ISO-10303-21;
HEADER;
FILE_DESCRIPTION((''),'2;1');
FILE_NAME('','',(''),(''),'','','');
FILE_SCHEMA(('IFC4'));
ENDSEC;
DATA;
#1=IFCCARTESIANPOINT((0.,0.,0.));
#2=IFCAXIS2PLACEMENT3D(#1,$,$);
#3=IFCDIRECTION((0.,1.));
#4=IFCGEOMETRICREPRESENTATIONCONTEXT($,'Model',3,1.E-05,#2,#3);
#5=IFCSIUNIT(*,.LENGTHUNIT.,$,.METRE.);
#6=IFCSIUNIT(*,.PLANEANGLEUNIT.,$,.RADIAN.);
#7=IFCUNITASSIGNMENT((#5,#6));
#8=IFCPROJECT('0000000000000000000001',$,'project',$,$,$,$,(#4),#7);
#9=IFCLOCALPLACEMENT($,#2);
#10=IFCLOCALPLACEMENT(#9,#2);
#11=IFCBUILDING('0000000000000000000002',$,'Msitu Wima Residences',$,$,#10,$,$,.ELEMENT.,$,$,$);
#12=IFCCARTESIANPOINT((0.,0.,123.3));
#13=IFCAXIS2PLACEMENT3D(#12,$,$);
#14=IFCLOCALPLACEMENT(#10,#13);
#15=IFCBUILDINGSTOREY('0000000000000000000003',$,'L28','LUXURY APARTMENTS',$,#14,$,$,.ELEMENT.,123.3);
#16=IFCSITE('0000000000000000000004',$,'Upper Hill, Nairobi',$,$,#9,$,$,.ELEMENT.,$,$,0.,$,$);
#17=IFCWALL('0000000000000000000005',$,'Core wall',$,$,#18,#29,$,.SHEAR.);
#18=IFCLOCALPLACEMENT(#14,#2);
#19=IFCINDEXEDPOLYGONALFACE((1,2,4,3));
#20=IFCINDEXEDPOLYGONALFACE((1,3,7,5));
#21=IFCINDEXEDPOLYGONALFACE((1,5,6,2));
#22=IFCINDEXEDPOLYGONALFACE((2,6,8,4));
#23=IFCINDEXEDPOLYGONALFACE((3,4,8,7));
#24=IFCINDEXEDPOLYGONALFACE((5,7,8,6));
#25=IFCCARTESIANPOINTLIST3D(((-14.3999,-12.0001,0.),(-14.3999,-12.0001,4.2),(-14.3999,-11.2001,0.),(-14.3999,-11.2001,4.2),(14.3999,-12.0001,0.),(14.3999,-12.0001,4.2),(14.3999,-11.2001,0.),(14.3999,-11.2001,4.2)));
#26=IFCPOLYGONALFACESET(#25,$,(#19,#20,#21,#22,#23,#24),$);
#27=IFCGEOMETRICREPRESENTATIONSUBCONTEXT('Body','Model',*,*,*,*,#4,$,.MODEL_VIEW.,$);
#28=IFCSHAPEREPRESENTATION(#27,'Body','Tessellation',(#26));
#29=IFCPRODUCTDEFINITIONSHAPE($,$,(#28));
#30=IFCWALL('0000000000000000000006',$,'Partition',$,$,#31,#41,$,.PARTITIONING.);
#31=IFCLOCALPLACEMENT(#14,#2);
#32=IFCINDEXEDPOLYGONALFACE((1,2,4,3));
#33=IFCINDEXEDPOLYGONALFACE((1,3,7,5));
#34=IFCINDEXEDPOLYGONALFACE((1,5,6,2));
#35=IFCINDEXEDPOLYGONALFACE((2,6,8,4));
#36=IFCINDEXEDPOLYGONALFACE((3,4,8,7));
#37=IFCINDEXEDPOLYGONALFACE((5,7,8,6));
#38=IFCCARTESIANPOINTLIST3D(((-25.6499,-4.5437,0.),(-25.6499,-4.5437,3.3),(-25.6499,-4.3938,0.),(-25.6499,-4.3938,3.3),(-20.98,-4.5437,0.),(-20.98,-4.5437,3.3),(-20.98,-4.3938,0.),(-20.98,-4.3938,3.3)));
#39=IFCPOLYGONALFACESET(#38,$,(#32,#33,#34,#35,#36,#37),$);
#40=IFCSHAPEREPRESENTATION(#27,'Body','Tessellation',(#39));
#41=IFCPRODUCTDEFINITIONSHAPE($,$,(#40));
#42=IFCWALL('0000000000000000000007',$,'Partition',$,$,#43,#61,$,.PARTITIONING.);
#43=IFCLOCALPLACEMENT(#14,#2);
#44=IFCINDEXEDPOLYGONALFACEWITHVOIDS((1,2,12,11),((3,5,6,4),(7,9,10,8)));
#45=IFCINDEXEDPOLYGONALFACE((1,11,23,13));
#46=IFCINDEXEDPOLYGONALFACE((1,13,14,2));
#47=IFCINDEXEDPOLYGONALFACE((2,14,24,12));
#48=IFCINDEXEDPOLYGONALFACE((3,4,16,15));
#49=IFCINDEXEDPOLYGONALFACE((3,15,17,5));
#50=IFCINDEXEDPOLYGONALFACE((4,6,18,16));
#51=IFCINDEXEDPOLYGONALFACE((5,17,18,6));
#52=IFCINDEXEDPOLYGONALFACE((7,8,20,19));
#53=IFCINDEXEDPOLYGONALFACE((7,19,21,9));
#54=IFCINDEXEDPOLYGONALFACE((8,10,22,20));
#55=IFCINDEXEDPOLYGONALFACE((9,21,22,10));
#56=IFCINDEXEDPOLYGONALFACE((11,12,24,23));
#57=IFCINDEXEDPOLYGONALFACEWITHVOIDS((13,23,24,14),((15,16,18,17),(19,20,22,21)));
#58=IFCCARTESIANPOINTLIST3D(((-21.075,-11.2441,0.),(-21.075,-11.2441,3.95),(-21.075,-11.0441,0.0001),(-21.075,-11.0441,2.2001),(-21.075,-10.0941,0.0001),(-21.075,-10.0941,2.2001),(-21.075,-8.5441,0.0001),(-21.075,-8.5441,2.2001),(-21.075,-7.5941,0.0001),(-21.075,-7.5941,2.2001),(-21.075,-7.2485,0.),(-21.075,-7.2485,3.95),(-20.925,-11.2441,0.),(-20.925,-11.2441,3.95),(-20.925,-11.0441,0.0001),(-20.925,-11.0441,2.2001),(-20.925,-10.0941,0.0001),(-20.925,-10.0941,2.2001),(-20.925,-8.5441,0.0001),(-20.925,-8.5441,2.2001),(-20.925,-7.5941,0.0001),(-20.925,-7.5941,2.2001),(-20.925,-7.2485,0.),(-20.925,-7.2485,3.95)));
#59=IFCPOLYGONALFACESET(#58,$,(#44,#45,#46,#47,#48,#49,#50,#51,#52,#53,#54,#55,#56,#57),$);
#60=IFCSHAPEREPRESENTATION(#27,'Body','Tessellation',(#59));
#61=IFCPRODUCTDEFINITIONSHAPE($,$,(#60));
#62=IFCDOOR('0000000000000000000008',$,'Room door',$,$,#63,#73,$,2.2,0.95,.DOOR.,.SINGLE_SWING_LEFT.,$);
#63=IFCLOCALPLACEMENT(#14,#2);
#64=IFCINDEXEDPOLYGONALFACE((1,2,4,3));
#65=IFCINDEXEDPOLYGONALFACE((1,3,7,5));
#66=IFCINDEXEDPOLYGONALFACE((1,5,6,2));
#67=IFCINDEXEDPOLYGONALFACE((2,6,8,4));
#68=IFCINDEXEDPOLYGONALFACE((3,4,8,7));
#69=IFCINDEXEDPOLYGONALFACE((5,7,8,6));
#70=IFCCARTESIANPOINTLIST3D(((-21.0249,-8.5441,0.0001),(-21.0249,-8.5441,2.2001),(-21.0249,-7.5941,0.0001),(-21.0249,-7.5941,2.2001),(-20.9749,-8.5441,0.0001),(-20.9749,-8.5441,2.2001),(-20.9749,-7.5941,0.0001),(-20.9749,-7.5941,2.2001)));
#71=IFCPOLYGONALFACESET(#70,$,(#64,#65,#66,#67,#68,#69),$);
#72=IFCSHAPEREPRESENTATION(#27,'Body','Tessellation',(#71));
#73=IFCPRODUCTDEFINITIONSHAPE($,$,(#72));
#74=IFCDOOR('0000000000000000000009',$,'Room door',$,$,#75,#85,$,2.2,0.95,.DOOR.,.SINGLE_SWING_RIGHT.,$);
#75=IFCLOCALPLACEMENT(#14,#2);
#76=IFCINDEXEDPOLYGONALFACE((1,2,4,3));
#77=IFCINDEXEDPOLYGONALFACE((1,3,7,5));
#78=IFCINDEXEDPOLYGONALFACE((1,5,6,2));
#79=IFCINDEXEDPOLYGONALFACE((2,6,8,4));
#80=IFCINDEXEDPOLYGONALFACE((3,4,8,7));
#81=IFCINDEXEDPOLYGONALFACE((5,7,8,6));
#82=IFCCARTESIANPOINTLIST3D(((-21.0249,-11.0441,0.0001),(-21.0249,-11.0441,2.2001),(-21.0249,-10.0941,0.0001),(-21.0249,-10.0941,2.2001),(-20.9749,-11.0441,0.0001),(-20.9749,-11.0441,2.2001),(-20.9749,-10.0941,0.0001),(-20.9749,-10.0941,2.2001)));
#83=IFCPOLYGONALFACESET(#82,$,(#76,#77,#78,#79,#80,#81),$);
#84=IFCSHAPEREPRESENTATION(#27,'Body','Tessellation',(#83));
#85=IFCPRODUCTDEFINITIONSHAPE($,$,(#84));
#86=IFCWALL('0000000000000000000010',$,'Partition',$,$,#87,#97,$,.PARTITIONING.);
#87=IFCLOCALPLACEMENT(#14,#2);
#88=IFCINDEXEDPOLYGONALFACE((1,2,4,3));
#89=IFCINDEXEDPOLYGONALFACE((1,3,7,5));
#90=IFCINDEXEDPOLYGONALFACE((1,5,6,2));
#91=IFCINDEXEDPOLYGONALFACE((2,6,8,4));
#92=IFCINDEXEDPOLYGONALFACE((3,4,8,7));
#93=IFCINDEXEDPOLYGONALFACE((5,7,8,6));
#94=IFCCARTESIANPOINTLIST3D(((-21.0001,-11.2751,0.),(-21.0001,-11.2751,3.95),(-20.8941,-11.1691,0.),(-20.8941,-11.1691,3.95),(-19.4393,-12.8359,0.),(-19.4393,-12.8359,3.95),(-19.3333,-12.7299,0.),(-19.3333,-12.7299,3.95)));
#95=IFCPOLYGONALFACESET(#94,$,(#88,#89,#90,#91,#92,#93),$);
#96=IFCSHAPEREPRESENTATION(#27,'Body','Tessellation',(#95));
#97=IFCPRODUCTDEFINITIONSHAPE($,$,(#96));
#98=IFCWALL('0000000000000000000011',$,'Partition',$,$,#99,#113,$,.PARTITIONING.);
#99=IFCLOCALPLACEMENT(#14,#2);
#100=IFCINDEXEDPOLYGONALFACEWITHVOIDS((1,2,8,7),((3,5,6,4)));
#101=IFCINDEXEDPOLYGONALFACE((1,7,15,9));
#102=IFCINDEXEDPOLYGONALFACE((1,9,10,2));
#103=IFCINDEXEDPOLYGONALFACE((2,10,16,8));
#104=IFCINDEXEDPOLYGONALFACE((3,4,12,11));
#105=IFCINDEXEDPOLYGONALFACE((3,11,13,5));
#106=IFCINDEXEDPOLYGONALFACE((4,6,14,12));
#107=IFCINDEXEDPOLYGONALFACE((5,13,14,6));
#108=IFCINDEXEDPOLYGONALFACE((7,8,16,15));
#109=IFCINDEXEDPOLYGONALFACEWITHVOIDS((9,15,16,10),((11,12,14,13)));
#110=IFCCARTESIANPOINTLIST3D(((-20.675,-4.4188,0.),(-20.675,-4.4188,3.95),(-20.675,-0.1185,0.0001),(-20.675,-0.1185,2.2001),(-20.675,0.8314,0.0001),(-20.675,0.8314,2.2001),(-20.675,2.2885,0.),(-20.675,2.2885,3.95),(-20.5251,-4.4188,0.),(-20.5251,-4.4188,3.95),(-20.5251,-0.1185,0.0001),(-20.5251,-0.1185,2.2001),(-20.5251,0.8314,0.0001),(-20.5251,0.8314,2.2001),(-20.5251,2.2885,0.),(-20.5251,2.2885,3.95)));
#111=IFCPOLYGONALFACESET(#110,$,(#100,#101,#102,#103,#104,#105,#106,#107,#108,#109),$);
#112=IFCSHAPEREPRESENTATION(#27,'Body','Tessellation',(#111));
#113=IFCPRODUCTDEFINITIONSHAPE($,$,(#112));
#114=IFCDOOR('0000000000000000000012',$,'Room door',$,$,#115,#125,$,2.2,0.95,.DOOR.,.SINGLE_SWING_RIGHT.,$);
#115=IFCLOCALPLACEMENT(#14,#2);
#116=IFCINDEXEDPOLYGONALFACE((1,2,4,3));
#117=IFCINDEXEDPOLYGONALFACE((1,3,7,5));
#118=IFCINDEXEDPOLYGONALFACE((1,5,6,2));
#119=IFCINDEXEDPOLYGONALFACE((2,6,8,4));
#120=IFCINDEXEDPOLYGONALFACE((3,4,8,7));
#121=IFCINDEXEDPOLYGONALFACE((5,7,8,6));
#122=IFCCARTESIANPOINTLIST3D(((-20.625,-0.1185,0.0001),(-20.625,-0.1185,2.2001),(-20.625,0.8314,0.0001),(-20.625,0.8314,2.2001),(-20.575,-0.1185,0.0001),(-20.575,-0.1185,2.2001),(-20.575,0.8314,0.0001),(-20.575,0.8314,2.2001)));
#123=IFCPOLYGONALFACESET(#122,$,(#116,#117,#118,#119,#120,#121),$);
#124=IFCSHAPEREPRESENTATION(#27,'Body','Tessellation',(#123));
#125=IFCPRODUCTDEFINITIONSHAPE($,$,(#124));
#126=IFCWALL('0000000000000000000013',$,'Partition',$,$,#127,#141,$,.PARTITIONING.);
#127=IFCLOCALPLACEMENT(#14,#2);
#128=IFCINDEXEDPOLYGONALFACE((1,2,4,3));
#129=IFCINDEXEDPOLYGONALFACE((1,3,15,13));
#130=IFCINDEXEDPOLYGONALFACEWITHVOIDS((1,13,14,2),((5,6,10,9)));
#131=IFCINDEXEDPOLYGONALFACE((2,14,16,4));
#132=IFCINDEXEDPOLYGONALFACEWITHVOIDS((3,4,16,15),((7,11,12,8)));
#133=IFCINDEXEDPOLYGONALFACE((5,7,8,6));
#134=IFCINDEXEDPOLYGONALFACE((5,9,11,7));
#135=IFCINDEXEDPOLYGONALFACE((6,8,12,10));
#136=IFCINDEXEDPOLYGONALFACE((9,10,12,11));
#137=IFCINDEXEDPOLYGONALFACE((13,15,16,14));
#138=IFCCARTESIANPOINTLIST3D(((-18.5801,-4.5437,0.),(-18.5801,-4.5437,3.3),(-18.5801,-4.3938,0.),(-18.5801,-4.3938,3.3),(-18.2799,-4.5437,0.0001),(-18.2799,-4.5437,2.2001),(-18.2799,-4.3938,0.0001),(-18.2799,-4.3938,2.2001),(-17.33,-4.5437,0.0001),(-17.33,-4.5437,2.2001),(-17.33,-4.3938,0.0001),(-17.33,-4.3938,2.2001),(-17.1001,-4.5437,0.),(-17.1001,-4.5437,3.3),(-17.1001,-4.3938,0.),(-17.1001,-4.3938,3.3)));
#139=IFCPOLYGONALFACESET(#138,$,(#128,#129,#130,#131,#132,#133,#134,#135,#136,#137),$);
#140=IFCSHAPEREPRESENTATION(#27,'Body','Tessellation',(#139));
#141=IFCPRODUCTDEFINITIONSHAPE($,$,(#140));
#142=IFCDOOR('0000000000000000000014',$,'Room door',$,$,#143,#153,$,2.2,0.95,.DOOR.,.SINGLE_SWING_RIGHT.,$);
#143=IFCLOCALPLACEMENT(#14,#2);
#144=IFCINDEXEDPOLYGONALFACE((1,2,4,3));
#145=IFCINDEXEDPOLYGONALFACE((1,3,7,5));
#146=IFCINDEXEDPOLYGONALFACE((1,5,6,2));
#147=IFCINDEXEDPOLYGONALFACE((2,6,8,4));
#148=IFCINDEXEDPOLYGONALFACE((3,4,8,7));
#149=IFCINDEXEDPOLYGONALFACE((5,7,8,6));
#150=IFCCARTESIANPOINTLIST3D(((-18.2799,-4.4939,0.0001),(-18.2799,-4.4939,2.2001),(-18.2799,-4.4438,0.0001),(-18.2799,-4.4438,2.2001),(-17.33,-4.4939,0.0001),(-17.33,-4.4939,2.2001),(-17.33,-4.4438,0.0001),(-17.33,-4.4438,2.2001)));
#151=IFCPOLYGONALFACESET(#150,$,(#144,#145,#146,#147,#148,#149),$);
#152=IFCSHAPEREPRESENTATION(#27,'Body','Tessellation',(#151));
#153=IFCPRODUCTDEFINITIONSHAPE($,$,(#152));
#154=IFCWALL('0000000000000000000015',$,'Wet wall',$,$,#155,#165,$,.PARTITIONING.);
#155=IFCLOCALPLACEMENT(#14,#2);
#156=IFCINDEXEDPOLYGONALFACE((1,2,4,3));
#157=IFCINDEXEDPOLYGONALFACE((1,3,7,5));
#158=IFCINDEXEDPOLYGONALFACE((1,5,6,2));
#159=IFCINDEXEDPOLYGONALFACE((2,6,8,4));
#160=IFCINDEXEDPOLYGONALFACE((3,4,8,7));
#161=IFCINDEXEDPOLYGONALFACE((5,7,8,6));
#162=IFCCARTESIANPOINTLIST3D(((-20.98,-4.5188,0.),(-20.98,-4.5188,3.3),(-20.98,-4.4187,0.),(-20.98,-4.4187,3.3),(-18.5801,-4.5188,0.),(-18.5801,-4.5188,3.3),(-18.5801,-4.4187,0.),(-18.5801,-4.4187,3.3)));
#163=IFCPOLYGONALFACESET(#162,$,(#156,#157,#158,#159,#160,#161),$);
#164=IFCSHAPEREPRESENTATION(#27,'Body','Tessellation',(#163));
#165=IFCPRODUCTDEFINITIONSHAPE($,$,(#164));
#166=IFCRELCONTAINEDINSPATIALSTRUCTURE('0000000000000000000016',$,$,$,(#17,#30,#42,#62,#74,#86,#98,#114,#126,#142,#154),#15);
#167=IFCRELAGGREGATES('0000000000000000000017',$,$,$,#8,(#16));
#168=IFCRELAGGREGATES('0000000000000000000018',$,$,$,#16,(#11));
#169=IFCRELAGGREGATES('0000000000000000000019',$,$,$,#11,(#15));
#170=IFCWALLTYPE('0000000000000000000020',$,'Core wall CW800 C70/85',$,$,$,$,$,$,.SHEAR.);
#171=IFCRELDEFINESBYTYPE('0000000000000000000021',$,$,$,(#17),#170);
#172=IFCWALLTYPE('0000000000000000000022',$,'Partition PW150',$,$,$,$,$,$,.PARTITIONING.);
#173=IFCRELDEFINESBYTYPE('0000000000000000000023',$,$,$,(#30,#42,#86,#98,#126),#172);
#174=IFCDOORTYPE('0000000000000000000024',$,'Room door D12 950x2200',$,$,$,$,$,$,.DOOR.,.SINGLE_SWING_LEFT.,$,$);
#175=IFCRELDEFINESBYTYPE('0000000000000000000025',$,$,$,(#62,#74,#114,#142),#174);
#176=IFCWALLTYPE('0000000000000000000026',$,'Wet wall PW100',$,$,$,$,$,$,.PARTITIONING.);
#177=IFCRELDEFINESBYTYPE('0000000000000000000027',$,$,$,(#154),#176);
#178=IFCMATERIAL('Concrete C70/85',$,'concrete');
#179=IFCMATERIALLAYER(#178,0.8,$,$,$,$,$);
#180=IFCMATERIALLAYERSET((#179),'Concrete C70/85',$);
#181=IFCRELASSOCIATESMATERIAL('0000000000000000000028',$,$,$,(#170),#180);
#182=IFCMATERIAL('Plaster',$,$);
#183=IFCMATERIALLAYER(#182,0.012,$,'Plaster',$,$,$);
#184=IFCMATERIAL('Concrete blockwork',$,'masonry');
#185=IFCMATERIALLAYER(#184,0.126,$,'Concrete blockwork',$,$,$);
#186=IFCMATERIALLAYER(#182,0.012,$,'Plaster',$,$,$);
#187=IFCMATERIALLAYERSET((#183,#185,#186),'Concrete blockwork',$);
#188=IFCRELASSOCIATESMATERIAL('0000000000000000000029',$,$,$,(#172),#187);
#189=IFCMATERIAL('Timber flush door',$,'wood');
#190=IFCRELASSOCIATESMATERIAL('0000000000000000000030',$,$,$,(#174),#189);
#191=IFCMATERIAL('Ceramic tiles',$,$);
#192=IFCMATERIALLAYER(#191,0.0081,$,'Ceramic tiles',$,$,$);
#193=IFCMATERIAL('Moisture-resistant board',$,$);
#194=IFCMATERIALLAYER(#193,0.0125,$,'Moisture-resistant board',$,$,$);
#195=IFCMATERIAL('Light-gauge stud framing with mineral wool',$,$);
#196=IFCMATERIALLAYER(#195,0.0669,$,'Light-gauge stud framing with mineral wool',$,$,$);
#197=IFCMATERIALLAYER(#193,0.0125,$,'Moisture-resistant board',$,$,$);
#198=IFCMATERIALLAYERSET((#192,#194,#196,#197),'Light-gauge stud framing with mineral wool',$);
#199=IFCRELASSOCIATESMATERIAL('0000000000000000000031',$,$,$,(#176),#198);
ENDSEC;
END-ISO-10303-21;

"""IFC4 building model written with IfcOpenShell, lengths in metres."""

from ifc_helpers import new_model, si_unit, direction, frame, frame_2d, origin, place, context, subcontext, project, spatial, rectangle, extrude, material, layer, layer_set, type_object, element, fill, save


model = new_model("IFC4")

# Units and contexts
model_context = context("Model", 3, precision=1e-05, world=origin(), true_north=direction((0.0, 1.0)))
body_context = subcontext(model_context, "Body", "Model", "MODEL_VIEW")
ifc_project = project(units=[si_unit("LENGTHUNIT", "METRE"), si_unit("PLANEANGLEUNIT", "RADIAN")], contexts=[model_context])

# Site, building, storey
site_placement = place(None, origin())
site = spatial("IfcSite", under=ifc_project, at=site_placement, Name="Upper Hill, Nairobi", CompositionType="ELEMENT", RefElevation=0.0)
building_placement = place(site_placement, origin())
building = spatial("IfcBuilding", under=site, at=building_placement, Name="Msitu Wima Residences", CompositionType="ELEMENT")
storey_placement = place(building_placement, frame((0.0, 0.0, 123.3)))
storey = spatial("IfcBuildingStorey", under=building, at=storey_placement, Name="L28", Description="LUXURY APARTMENTS", CompositionType="ELEMENT", Elevation=123.3)

# Wall
ifc_material_1 = material(Name="Concrete C70/85", Category="concrete")
ifc_layer_1 = layer(ifc_material_1, 0.8)
ifc_layer_set_1 = layer_set([ifc_layer_1], Name="Concrete C70/85")
wall_type_1 = type_object("IfcWallType", Name="Core wall CW800 C70/85", PredefinedType="SHEAR", material=ifc_layer_set_1)
wall_1_placement = place(storey_placement, frame((-14.3999, -11.6001, 0.0), z_axis=(0.0, 0.0, 1.0), x_axis=(1.0, 0.0, 0.0)))
element("IfcWall", 1, at=wall_1_placement, inside=storey, type_object=wall_type_1, Name="Core wall", PredefinedType="SHEAR", context=body_context, shape_type="SweptSolid", body=[
    extrude(rectangle(XDim=28.7998, YDim=0.8, at=frame_2d((14.3999, 0.0))), origin(), (0.0, 0.0, 1.0), 4.2),
])

# Wall
ifc_material_2 = material(Name="Plaster")
ifc_layer_2 = layer(ifc_material_2, 0.012, Name="Plaster")
ifc_material_3 = material(Name="Concrete blockwork", Category="masonry")
ifc_layer_3 = layer(ifc_material_3, 0.126, Name="Concrete blockwork")
ifc_layer_4 = layer(ifc_material_2, 0.012, Name="Plaster")
ifc_layer_set_2 = layer_set([ifc_layer_2, ifc_layer_3, ifc_layer_4], Name="Concrete blockwork")
wall_type_2 = type_object("IfcWallType", Name="Partition PW150", PredefinedType="PARTITIONING", material=ifc_layer_set_2)
wall_2_placement = place(storey_placement, frame((-25.6499, -4.4688, 0.0), z_axis=(0.0, 0.0, 1.0), x_axis=(1.0, 0.0, 0.0)))
element("IfcWall", 2, at=wall_2_placement, inside=storey, type_object=wall_type_2, Name="Partition", PredefinedType="PARTITIONING", context=body_context, shape_type="SweptSolid", body=[
    extrude(rectangle(XDim=4.6699, YDim=0.1499, at=frame_2d((2.335, 0.0))), origin(), (0.0, 0.0, 1.0), 3.3),
])

# Wall, openings, doors
wall_3_placement = place(storey_placement, frame((-21.0, -11.2441, 0.0), z_axis=(0.0, 0.0, 1.0), x_axis=(0.0, 1.0, 0.0)))
wall_3 = element("IfcWall", 3, at=wall_3_placement, inside=storey, type_object=wall_type_2, Name="Partition", PredefinedType="PARTITIONING", context=body_context, shape_type="SweptSolid", body=[
    extrude(rectangle(XDim=3.9956, YDim=0.1499, at=frame_2d((1.9978, 0.0))), origin(), (0.0, 0.0, 1.0), 3.95),
])
opening_1_placement = place(wall_3_placement, frame((2.7, 0.0, 0.0)))
opening_1 = element("IfcOpeningElement", 4, at=opening_1_placement, cuts=wall_3, PredefinedType="OPENING", context=body_context, shape_type="SweptSolid", body=[
    extrude(rectangle(XDim=0.95, YDim=2.2, at=frame_2d((0.4751, 1.1001))), frame((0.0, 0.085, 0.0), z_axis=(0.0, -1.0, 0.0), x_axis=(1.0, 0.0, 0.0)), (0.0, 0.0, 1.0), 0.1699),
])
opening_2_placement = place(wall_3_placement, frame((0.2, 0.0, 0.0)))
opening_2 = element("IfcOpeningElement", 5, at=opening_2_placement, cuts=wall_3, PredefinedType="OPENING", context=body_context, shape_type="SweptSolid", body=[
    extrude(rectangle(XDim=0.95, YDim=2.2, at=frame_2d((0.4751, 1.1001))), frame((0.0, 0.085, 0.0), z_axis=(0.0, -1.0, 0.0), x_axis=(1.0, 0.0, 0.0)), (0.0, 0.0, 1.0), 0.1699),
])
ifc_material_4 = material(Name="Timber flush door", Category="wood")
door_type_1 = type_object("IfcDoorType", Name="Room door D12 950x2200", OperationType="SINGLE_SWING_LEFT", PredefinedType="DOOR", material=ifc_material_4)
door_1_placement = place(opening_1_placement, origin())
door_1 = element("IfcDoor", 6, at=door_1_placement, inside=storey, type_object=door_type_1, Name="Room door", OperationType="SINGLE_SWING_LEFT", OverallHeight=2.2, OverallWidth=0.95, PredefinedType="DOOR", context=body_context, shape_type="SweptSolid", body=[
    extrude(rectangle(XDim=0.95, YDim=2.2, at=frame_2d((0.4751, 1.1001))), frame((0.0, 0.0249, 0.0), z_axis=(0.0, -1.0, 0.0), x_axis=(1.0, 0.0, 0.0)), (0.0, 0.0, 1.0), 0.05),
])
fill(opening_1, door_1)
door_2_placement = place(opening_2_placement, origin())
door_2 = element("IfcDoor", 7, at=door_2_placement, inside=storey, type_object=door_type_1, Name="Room door", OperationType="SINGLE_SWING_RIGHT", OverallHeight=2.2, OverallWidth=0.95, PredefinedType="DOOR", context=body_context, shape_type="SweptSolid", body=[
    extrude(rectangle(XDim=0.95, YDim=2.2, at=frame_2d((0.4751, 1.1001))), frame((0.0, 0.0249, 0.0), z_axis=(0.0, -1.0, 0.0), x_axis=(1.0, 0.0, 0.0)), (0.0, 0.0, 1.0), 0.05),
])
fill(opening_2, door_2)

# Wall
wall_4_placement = place(storey_placement, frame((-20.947, -11.2222, 0.0), z_axis=(0.0, 0.0, 1.0), x_axis=(0.707107, -0.707107, 0.0)))
element("IfcWall", 8, at=wall_4_placement, inside=storey, type_object=wall_type_2, Name="Partition", PredefinedType="PARTITIONING", context=body_context, shape_type="SweptSolid", body=[
    extrude(rectangle(XDim=2.2073, YDim=0.1499, at=frame_2d((1.1035, 0.0))), origin(), (0.0, 0.0, 1.0), 3.95),
])

# Walls, openings, doors
wall_5_placement = place(storey_placement, frame((-20.6001, -4.4187, 0.0), z_axis=(0.0, 0.0, 1.0), x_axis=(0.0, 1.0, 0.0)))
wall_5 = element("IfcWall", 9, at=wall_5_placement, inside=storey, type_object=wall_type_2, Name="Partition", PredefinedType="PARTITIONING", context=body_context, shape_type="SweptSolid", body=[
    extrude(rectangle(XDim=6.7073, YDim=0.1499, at=frame_2d((3.3535, 0.0))), origin(), (0.0, 0.0, 1.0), 3.95),
])
opening_3_placement = place(wall_5_placement, frame((4.3, 0.0, 0.0)))
opening_3 = element("IfcOpeningElement", 10, at=opening_3_placement, cuts=wall_5, PredefinedType="OPENING", context=body_context, shape_type="SweptSolid", body=[
    extrude(rectangle(XDim=0.95, YDim=2.2, at=frame_2d((0.4751, 1.1001))), frame((0.0, 0.085, 0.0), z_axis=(0.0, -1.0, 0.0), x_axis=(1.0, 0.0, 0.0)), (0.0, 0.0, 1.0), 0.1699),
])
door_3_placement = place(opening_3_placement, origin())
door_3 = element("IfcDoor", 11, at=door_3_placement, inside=storey, type_object=door_type_1, Name="Room door", OperationType="SINGLE_SWING_RIGHT", OverallHeight=2.2, OverallWidth=0.95, PredefinedType="DOOR", context=body_context, shape_type="SweptSolid", body=[
    extrude(rectangle(XDim=0.95, YDim=2.2, at=frame_2d((0.4751, 1.1001))), frame((0.0, 0.0249, 0.0), z_axis=(0.0, -1.0, 0.0), x_axis=(1.0, 0.0, 0.0)), (0.0, 0.0, 1.0), 0.05),
])
fill(opening_3, door_3)
wall_6_placement = place(storey_placement, frame((-18.5801, -4.4688, 0.0), z_axis=(0.0, 0.0, 1.0), x_axis=(1.0, 0.0, 0.0)))
wall_6 = element("IfcWall", 12, at=wall_6_placement, inside=storey, type_object=wall_type_2, Name="Partition", PredefinedType="PARTITIONING", context=body_context, shape_type="SweptSolid", body=[
    extrude(rectangle(XDim=1.48, YDim=0.1499, at=frame_2d((0.74, 0.0))), origin(), (0.0, 0.0, 1.0), 3.3),
])
opening_4_placement = place(wall_6_placement, frame((0.3, 0.0, 0.0)))
opening_4 = element("IfcOpeningElement", 13, at=opening_4_placement, cuts=wall_6, PredefinedType="OPENING", context=body_context, shape_type="SweptSolid", body=[
    extrude(rectangle(XDim=0.95, YDim=2.2, at=frame_2d((0.4751, 1.1001))), frame((0.0, 0.085, 0.0), z_axis=(0.0, -1.0, 0.0), x_axis=(1.0, 0.0, 0.0)), (0.0, 0.0, 1.0), 0.1699),
])
door_4_placement = place(opening_4_placement, origin())
door_4 = element("IfcDoor", 14, at=door_4_placement, inside=storey, type_object=door_type_1, Name="Room door", OperationType="SINGLE_SWING_RIGHT", OverallHeight=2.2, OverallWidth=0.95, PredefinedType="DOOR", context=body_context, shape_type="SweptSolid", body=[
    extrude(rectangle(XDim=0.95, YDim=2.2, at=frame_2d((0.4751, 1.1001))), frame((0.0, 0.0249, 0.0), z_axis=(0.0, -1.0, 0.0), x_axis=(1.0, 0.0, 0.0)), (0.0, 0.0, 1.0), 0.05),
])
fill(opening_4, door_4)

# Wall
ifc_material_5 = material(Name="Ceramic tiles")
ifc_layer_5 = layer(ifc_material_5, 0.0081, Name="Ceramic tiles")
ifc_material_6 = material(Name="Moisture-resistant board")
ifc_layer_6 = layer(ifc_material_6, 0.0125, Name="Moisture-resistant board")
ifc_material_7 = material(Name="Light-gauge stud framing with mineral wool")
ifc_layer_7 = layer(ifc_material_7, 0.0669, Name="Light-gauge stud framing with mineral wool")
ifc_layer_8 = layer(ifc_material_6, 0.0125, Name="Moisture-resistant board")
ifc_layer_set_3 = layer_set([ifc_layer_5, ifc_layer_6, ifc_layer_7, ifc_layer_8], Name="Light-gauge stud framing with mineral wool")
wall_type_3 = type_object("IfcWallType", Name="Wet wall PW100", PredefinedType="PARTITIONING", material=ifc_layer_set_3)
wall_7_placement = place(storey_placement, frame((-20.98, -4.4688, 0.0), z_axis=(0.0, 0.0, 1.0), x_axis=(1.0, 0.0, 0.0)))
element("IfcWall", 15, at=wall_7_placement, inside=storey, type_object=wall_type_3, Name="Wet wall", PredefinedType="PARTITIONING", context=body_context, shape_type="SweptSolid", body=[
    extrude(rectangle(XDim=2.3999, YDim=0.1001, at=frame_2d((1.2, 0.0))), origin(), (0.0, 0.0, 1.0), 3.3),
])

save(model, "model.ifc")
